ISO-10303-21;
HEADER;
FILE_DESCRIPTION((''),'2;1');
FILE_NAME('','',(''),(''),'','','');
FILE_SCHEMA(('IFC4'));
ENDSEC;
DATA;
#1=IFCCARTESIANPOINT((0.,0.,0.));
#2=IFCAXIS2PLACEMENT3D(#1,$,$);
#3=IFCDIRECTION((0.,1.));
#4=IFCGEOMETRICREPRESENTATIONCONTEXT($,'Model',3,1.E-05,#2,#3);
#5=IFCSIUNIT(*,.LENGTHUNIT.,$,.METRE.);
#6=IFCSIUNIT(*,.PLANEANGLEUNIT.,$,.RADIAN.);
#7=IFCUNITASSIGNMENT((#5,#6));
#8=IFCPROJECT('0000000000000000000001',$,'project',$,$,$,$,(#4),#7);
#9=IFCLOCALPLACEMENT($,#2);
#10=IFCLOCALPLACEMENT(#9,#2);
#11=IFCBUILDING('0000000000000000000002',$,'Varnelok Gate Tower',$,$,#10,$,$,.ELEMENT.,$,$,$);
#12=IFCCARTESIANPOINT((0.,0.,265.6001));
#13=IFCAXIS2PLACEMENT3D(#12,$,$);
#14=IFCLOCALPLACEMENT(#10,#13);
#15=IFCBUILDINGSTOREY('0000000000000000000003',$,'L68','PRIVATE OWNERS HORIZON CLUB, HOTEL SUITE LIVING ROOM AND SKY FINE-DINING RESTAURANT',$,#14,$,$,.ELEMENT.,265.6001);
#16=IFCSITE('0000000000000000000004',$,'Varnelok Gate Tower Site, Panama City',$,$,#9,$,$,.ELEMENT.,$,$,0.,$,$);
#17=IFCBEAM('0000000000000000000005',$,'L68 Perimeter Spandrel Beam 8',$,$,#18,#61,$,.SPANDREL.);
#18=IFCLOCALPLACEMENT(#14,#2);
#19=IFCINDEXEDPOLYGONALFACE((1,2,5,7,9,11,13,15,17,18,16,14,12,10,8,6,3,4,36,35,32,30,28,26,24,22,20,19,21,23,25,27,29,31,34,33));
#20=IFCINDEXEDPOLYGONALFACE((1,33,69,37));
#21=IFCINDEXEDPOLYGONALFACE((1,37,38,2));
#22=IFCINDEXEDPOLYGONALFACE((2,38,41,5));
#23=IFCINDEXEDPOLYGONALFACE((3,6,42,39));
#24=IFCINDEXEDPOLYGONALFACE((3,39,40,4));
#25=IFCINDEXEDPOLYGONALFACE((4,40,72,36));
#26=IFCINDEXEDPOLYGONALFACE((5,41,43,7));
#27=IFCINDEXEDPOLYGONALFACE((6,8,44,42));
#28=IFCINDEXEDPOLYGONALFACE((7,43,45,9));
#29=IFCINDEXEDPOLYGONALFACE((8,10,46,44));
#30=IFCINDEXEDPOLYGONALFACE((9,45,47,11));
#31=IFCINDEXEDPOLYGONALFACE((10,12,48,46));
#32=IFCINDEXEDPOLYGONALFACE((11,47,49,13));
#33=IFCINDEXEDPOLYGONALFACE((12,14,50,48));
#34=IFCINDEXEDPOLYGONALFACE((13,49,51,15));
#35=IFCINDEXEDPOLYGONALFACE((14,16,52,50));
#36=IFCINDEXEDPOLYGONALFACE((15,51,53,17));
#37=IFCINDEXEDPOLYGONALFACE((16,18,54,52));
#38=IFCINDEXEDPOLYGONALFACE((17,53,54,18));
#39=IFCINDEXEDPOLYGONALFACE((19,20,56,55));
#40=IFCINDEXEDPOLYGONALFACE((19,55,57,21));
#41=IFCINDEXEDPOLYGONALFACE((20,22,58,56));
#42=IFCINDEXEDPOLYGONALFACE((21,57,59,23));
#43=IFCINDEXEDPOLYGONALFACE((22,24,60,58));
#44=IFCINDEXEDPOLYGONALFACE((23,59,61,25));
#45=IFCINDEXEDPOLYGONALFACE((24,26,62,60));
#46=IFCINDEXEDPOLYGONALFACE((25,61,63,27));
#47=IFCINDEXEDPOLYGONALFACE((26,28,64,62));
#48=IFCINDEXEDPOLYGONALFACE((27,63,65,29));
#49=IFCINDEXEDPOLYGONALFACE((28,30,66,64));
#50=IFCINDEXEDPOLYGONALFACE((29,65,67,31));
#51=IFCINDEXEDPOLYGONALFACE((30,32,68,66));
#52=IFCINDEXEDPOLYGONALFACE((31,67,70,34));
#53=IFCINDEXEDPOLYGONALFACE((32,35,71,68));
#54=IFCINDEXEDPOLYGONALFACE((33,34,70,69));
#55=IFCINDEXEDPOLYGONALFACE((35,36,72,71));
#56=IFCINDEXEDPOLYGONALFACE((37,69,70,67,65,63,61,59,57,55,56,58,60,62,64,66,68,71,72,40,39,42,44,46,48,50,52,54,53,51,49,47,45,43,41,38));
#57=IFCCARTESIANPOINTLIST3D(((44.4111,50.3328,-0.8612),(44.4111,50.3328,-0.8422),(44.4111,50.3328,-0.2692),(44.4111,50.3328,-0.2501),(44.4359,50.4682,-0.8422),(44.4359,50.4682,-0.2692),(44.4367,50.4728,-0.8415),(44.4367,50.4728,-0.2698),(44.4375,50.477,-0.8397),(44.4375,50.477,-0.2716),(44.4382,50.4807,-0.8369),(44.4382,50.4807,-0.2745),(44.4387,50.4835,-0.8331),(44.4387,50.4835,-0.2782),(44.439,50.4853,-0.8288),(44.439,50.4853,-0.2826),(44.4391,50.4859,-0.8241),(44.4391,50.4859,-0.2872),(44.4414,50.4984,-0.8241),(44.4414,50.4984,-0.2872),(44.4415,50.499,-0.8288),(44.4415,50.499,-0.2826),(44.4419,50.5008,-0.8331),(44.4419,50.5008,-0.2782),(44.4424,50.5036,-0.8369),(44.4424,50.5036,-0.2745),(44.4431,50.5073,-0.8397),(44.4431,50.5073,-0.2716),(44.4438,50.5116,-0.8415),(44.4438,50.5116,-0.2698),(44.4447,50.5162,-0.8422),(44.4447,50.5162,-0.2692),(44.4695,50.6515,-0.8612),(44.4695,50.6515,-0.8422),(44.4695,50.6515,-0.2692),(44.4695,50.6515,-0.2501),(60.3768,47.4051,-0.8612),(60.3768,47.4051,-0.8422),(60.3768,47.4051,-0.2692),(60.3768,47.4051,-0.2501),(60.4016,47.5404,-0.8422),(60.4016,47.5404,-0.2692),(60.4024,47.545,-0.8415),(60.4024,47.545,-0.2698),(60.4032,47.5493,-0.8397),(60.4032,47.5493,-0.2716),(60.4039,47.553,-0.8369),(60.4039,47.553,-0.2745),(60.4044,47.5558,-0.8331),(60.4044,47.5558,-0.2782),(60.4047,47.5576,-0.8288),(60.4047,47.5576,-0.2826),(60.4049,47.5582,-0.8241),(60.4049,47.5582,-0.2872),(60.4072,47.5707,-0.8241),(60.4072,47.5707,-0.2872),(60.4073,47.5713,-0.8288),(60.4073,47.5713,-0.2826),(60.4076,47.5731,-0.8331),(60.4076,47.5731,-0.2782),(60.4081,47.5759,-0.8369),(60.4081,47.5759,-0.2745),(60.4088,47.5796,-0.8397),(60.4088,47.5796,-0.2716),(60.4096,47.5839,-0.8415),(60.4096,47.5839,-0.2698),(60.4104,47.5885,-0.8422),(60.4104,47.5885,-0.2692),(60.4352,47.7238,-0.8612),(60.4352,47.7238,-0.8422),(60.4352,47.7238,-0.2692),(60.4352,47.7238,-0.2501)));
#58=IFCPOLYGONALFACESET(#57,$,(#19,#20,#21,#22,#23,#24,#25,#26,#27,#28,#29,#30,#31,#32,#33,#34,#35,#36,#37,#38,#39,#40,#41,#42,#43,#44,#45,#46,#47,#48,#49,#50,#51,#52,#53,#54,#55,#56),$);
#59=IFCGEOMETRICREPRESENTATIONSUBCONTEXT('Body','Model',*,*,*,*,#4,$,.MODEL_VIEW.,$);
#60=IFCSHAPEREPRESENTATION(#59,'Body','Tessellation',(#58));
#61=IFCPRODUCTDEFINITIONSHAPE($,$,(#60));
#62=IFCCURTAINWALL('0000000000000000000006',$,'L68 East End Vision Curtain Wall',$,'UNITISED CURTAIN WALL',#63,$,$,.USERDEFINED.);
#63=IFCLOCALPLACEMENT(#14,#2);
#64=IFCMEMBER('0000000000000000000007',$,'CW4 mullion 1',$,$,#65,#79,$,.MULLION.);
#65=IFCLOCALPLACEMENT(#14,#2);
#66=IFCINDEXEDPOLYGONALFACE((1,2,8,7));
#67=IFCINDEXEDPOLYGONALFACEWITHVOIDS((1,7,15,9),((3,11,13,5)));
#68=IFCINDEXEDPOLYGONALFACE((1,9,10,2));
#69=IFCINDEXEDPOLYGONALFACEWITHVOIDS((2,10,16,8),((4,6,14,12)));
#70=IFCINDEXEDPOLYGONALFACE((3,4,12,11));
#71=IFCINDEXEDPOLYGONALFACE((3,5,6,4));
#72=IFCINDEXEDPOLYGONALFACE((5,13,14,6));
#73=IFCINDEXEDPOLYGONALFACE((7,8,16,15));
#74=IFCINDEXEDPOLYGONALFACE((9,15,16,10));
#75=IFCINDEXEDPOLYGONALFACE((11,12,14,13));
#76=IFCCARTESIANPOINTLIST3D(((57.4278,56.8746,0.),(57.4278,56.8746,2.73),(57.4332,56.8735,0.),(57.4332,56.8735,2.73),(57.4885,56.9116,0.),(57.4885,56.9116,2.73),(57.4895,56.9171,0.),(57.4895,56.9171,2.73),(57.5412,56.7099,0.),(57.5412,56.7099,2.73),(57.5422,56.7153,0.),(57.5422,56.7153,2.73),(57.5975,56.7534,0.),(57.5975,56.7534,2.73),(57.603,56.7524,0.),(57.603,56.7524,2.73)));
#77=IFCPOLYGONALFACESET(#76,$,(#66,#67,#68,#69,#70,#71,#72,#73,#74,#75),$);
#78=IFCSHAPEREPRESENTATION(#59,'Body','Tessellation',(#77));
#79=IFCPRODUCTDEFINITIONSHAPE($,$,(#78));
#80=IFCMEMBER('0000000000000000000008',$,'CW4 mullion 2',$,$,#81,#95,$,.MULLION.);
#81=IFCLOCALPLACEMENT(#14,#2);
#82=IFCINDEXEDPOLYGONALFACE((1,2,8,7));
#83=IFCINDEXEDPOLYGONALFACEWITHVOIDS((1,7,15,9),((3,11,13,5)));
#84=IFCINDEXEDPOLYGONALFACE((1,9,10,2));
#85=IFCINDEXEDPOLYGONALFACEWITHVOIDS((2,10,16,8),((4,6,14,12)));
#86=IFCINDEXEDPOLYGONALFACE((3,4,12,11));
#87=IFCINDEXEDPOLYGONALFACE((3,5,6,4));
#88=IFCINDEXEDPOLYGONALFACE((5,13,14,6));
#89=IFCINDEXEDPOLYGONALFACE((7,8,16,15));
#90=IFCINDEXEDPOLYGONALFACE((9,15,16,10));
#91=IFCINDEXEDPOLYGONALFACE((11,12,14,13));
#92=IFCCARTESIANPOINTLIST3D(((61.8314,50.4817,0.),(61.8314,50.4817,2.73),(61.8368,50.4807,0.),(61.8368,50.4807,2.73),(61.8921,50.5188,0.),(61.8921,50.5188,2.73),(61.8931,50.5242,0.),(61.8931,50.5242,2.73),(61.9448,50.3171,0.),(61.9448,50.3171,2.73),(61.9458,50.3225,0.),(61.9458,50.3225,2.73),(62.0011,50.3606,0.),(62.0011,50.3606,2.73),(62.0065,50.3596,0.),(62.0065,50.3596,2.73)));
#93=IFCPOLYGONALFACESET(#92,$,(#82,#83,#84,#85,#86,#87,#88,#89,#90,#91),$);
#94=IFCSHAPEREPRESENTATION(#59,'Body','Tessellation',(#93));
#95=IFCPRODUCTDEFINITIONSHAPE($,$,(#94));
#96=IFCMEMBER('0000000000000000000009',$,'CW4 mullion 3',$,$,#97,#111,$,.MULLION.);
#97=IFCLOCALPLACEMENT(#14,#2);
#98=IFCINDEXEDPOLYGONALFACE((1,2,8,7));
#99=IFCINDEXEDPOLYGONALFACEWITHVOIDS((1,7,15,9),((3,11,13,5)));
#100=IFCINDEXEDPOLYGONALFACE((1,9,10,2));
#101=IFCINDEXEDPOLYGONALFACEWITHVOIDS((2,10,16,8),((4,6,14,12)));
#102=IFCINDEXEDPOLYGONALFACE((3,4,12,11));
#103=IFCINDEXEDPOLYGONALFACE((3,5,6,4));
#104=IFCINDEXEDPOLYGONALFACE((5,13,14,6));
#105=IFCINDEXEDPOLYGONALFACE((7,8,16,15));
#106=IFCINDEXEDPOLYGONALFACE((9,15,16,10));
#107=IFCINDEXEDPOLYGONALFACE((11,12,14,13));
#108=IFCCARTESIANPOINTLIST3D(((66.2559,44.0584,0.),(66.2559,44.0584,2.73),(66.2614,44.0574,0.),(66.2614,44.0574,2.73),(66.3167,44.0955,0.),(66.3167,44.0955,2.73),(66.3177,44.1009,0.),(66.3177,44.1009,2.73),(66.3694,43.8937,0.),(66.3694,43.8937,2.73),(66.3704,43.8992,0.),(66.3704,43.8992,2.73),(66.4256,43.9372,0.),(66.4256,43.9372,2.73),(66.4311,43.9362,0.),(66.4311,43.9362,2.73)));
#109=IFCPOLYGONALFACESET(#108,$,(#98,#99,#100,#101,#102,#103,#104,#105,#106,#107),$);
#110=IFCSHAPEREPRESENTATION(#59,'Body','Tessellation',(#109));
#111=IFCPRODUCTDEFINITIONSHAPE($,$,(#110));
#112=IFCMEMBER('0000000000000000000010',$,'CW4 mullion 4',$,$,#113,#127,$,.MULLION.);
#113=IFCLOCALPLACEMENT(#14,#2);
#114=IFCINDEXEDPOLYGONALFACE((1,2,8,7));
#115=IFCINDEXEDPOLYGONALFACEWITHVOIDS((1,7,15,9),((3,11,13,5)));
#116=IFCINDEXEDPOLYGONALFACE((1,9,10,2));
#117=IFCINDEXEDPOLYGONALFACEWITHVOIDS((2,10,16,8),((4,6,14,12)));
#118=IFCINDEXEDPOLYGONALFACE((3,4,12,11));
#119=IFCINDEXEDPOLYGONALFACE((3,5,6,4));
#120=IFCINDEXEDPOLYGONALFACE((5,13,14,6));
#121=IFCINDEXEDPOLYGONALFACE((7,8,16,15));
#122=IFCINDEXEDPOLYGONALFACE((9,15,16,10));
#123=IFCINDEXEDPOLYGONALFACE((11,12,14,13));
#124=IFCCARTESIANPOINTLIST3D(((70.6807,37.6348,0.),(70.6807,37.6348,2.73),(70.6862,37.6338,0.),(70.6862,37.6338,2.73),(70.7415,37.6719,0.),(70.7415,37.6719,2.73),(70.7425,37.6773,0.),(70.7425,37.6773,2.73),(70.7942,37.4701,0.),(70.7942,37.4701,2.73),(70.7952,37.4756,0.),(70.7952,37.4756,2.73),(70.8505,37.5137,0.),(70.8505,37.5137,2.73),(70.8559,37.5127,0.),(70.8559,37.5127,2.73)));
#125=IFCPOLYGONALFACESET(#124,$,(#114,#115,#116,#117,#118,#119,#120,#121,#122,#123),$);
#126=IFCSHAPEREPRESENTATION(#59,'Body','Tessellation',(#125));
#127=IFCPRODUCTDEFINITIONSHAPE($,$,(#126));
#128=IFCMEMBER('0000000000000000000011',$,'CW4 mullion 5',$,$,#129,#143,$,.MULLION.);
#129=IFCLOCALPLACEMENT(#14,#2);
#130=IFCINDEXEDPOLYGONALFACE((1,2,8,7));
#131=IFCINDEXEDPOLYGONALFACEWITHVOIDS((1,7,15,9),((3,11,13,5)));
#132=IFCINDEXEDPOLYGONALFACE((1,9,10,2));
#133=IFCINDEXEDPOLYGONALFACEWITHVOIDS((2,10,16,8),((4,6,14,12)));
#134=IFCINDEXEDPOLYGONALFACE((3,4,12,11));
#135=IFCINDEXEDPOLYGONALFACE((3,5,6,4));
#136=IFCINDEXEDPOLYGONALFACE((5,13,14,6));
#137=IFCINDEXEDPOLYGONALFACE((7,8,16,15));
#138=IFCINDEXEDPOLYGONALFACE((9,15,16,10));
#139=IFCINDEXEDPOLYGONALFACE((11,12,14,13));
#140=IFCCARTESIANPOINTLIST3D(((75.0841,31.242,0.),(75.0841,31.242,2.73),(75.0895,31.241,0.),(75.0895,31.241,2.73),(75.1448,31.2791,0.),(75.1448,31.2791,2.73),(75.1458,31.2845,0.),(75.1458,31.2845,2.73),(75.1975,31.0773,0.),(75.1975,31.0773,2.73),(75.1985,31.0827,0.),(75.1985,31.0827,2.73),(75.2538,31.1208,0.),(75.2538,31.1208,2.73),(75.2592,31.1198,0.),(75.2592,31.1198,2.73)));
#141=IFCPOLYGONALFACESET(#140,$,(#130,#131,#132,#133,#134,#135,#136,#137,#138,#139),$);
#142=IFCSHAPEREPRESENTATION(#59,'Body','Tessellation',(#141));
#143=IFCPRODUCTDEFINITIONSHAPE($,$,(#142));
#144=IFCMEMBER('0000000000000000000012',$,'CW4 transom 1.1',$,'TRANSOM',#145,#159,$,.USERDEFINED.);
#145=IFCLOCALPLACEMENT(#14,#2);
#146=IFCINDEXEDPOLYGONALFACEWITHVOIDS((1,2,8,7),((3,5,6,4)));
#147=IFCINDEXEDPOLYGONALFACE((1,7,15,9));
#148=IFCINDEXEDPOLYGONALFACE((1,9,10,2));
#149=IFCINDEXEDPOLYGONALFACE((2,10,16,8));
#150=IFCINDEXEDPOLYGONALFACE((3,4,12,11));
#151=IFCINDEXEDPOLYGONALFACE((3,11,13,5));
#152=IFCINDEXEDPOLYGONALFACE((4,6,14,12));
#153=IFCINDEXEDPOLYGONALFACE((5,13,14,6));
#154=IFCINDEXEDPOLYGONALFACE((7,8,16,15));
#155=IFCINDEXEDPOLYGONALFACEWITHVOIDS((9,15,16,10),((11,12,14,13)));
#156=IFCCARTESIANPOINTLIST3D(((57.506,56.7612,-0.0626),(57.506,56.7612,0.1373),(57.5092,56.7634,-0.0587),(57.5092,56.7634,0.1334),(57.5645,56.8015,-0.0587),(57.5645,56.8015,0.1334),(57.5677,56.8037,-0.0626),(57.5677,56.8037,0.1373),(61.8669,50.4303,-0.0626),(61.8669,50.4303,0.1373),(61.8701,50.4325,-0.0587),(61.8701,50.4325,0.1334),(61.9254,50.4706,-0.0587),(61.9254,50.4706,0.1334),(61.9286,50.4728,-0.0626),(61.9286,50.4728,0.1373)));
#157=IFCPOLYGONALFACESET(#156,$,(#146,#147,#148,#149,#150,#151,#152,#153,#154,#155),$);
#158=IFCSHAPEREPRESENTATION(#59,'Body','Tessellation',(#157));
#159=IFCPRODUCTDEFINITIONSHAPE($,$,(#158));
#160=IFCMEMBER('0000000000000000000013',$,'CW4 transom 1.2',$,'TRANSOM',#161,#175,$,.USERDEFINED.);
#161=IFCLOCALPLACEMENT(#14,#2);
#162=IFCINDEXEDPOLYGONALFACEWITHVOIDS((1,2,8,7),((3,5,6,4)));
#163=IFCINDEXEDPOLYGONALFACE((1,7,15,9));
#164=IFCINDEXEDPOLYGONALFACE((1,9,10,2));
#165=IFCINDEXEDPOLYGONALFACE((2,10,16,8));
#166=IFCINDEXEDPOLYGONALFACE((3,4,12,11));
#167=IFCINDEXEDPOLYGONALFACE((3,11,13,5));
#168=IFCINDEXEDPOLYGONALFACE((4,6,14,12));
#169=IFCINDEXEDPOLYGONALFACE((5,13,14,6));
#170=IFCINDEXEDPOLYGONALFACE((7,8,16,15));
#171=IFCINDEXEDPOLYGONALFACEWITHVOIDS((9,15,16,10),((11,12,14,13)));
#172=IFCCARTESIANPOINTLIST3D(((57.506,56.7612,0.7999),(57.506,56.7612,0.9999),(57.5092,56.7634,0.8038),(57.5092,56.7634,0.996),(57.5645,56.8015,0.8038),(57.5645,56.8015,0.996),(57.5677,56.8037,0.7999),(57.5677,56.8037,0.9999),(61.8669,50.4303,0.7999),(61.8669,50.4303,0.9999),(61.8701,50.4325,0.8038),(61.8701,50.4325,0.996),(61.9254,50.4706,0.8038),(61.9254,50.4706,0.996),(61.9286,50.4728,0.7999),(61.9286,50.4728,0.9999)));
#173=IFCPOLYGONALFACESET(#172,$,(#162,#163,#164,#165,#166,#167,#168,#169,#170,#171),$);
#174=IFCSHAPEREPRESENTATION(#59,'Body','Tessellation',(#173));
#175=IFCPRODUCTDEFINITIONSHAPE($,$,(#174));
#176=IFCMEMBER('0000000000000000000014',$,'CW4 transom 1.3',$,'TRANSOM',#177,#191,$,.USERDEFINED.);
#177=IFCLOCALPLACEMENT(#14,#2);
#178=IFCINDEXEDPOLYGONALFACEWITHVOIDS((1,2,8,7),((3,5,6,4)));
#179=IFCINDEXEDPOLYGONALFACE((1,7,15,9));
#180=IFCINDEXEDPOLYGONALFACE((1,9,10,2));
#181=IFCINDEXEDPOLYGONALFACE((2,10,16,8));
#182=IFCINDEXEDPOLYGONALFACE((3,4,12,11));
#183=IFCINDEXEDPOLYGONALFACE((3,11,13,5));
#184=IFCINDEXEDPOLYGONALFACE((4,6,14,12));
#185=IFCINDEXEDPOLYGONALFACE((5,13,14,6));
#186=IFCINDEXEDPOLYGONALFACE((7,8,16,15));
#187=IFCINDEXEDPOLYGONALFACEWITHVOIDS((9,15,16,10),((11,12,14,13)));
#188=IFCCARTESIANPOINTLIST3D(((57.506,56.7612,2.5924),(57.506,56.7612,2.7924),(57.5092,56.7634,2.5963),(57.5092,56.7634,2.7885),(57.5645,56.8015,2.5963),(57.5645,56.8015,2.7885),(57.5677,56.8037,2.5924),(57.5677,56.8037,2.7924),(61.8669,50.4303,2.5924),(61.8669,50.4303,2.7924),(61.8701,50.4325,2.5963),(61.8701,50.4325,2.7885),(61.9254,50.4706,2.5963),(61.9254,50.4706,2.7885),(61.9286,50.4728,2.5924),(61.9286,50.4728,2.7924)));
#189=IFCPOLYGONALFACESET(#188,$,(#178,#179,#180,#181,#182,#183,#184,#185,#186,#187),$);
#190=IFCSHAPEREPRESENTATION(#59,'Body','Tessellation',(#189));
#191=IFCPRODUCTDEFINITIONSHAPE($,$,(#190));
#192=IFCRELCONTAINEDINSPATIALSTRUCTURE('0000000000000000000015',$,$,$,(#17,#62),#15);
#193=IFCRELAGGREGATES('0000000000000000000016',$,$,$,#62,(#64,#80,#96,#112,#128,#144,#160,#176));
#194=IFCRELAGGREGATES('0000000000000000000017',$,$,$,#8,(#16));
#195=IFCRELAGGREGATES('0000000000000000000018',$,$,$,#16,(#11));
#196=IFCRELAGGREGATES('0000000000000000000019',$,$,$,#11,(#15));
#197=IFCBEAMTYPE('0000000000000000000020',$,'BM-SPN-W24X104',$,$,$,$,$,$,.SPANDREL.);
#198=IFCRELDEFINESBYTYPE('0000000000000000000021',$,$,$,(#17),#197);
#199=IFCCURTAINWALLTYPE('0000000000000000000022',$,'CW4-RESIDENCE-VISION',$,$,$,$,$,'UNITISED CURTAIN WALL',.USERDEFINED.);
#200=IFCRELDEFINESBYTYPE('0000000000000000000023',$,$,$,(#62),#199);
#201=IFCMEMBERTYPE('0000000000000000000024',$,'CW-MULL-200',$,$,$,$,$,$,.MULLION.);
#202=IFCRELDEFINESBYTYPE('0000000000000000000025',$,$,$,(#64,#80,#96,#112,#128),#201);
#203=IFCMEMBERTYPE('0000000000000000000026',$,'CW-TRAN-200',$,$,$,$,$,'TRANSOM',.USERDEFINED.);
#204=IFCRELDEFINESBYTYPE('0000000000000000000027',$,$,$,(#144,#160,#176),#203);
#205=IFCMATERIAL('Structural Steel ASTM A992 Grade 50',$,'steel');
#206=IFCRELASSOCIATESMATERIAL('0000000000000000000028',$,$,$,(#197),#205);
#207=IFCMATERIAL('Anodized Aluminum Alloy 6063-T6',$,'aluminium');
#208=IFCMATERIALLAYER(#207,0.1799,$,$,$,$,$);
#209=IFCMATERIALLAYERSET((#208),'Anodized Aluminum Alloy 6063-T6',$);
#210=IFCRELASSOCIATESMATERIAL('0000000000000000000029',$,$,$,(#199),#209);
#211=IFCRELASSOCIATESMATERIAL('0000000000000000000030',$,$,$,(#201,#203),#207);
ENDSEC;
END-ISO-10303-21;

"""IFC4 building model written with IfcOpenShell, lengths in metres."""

from ifc_helpers import new_model, si_unit, direction, frame, origin, origin_2d, place, context, subcontext, project, spatial, hollow_rectangle, i_section, extrude, material, layer, layer_set, material_profile, profile_set, type_object, element, aggregate, save


model = new_model("IFC4")

# Units and contexts
model_context = context("Model", 3, precision=1e-05, world=origin(), true_north=direction((0.0, 1.0)))
body_context = subcontext(model_context, "Body", "Model", "MODEL_VIEW")
ifc_project = project(units=[si_unit("LENGTHUNIT", "METRE"), si_unit("PLANEANGLEUNIT", "RADIAN")], contexts=[model_context])

# Site, building, storey
site_placement = place(None, origin())
site = spatial("IfcSite", under=ifc_project, at=site_placement, Name="Varnelok Gate Tower Site, Panama City", CompositionType="ELEMENT", RefElevation=0.0)
building_placement = place(site_placement, origin())
building = spatial("IfcBuilding", under=site, at=building_placement, Name="Varnelok Gate Tower", CompositionType="ELEMENT")
storey_placement = place(building_placement, frame((0.0, 0.0, 265.6001)))
storey = spatial("IfcBuildingStorey", under=building, at=storey_placement, Name="L68", Description="PRIVATE OWNERS HORIZON CLUB, HOTEL SUITE LIVING ROOM AND SKY FINE-DINING RESTAURANT", CompositionType="ELEMENT", Elevation=265.6001)

# Shared definitions
ifc_material_1 = material(Name="Structural Steel ASTM A992 Grade 50", Category="steel")

# Beam
ifc_material_profile_1 = material_profile(ifc_material_1, i_section(OverallWidth=0.324, OverallDepth=0.6111, WebThickness=0.0127, FlangeThickness=0.019, FilletRadius=0.0181, at=origin_2d()), Name="W24X104")
ifc_profile_set_1 = profile_set([ifc_material_profile_1], Name="Structural Steel ASTM A992 Grade 50")
beam_type_1 = type_object("IfcBeamType", Name="BM-SPN-W24X104", PredefinedType="SPANDREL", material=ifc_profile_set_1)
beam_1_placement = place(storey_placement, frame((60.406, 47.5645, -0.5557), z_axis=(-0.983599, 0.180368, 0.0), x_axis=(-0.180368, -0.983599, 0.0)))
element("IfcBeam", 1, at=beam_1_placement, inside=storey, type_object=beam_type_1, Name="L68 Perimeter Spandrel Beam 8", PredefinedType="SPANDREL", context=body_context, shape_type="SweptSolid", body=[
    extrude(i_section(OverallWidth=0.324, OverallDepth=0.6111, WebThickness=0.0127, FlangeThickness=0.019, FilletRadius=0.0181, at=origin_2d()), origin(), (0.0, 0.0, 1.0), 16.2319),
])

# Curtain wall, members
ifc_material_2 = material(Name="Anodized Aluminum Alloy 6063-T6", Category="aluminium")
ifc_layer_1 = layer(ifc_material_2, 0.1799)
ifc_layer_set_1 = layer_set([ifc_layer_1], Name="Anodized Aluminum Alloy 6063-T6")
curtain_wall_type = type_object("IfcCurtainWallType", Name="CW4-RESIDENCE-VISION", ElementType="UNITISED CURTAIN WALL", PredefinedType="USERDEFINED", material=ifc_layer_set_1)
curtain_wall_placement = place(storey_placement, origin())
curtain_wall = element("IfcCurtainWall", 2, at=curtain_wall_placement, inside=storey, type_object=curtain_wall_type, Name="L68 East End Vision Curtain Wall", ObjectType="UNITISED CURTAIN WALL", PredefinedType="USERDEFINED")
ifc_material_profile_2 = material_profile(ifc_material_2, hollow_rectangle(XDim=0.075, YDim=0.2, WallThickness=0.0039, at=origin_2d()), Name="ALU200X75X4")
ifc_profile_set_2 = profile_set([ifc_material_profile_2], Name="Anodized Aluminum Alloy 6063-T6")
member_type_1 = type_object("IfcMemberType", Name="CW-MULL-200", PredefinedType="MULLION", material=ifc_profile_set_2)
member_1_placement = place(storey_placement, frame((57.5154, 56.8135, 0.0), z_axis=(0.0, 0.0, 1.0), x_axis=(0.823532, 0.567269, 0.0)))
member_1 = element("IfcMember", 3, at=member_1_placement, type_object=member_type_1, Name="CW4 mullion 1", PredefinedType="MULLION", context=body_context, shape_type="SweptSolid", body=[
    extrude(hollow_rectangle(XDim=0.075, YDim=0.2, WallThickness=0.0039, at=origin_2d()), origin(), (0.0, 0.0, 1.0), 2.73),
])
member_2_placement = place(storey_placement, frame((61.9189, 50.4207, 0.0), z_axis=(0.0, 0.0, 1.0), x_axis=(0.823532, 0.567269, 0.0)))
member_2 = element("IfcMember", 4, at=member_2_placement, type_object=member_type_1, Name="CW4 mullion 2", PredefinedType="MULLION", context=body_context, shape_type="SweptSolid", body=[
    extrude(hollow_rectangle(XDim=0.075, YDim=0.2, WallThickness=0.0039, at=origin_2d()), origin(), (0.0, 0.0, 1.0), 2.73),
])
member_3_placement = place(storey_placement, frame((66.3435, 43.9973, 0.0), z_axis=(0.0, 0.0, 1.0), x_axis=(0.823532, 0.567269, 0.0)))
member_3 = element("IfcMember", 5, at=member_3_placement, type_object=member_type_1, Name="CW4 mullion 3", PredefinedType="MULLION", context=body_context, shape_type="SweptSolid", body=[
    extrude(hollow_rectangle(XDim=0.075, YDim=0.2, WallThickness=0.0039, at=origin_2d()), origin(), (0.0, 0.0, 1.0), 2.73),
])
member_4_placement = place(storey_placement, frame((70.7683, 37.5737, 0.0), z_axis=(0.0, 0.0, 1.0), x_axis=(0.823532, 0.567269, 0.0)))
member_4 = element("IfcMember", 6, at=member_4_placement, type_object=member_type_1, Name="CW4 mullion 4", PredefinedType="MULLION", context=body_context, shape_type="SweptSolid", body=[
    extrude(hollow_rectangle(XDim=0.075, YDim=0.2, WallThickness=0.0039, at=origin_2d()), origin(), (0.0, 0.0, 1.0), 2.73),
])
member_5_placement = place(storey_placement, frame((75.1716, 31.1809, 0.0), z_axis=(0.0, 0.0, 1.0), x_axis=(0.823532, 0.567269, 0.0)))
member_5 = element("IfcMember", 7, at=member_5_placement, type_object=member_type_1, Name="CW4 mullion 5", PredefinedType="MULLION", context=body_context, shape_type="SweptSolid", body=[
    extrude(hollow_rectangle(XDim=0.075, YDim=0.2, WallThickness=0.0039, at=origin_2d()), origin(), (0.0, 0.0, 1.0), 2.73),
])
ifc_material_profile_3 = material_profile(ifc_material_2, hollow_rectangle(XDim=0.075, YDim=0.2, WallThickness=0.0039, at=origin_2d()), Name="ALU200X75X4")
ifc_profile_set_3 = profile_set([ifc_material_profile_3], Name="Anodized Aluminum Alloy 6063-T6")
member_type_2 = type_object("IfcMemberType", Name="CW-TRAN-200", ElementType="TRANSOM", PredefinedType="USERDEFINED", material=ifc_profile_set_3)
member_6_placement = place(storey_placement, frame((57.5369, 56.7825, 0.0374), z_axis=(0.567271, -0.823531, 0.0), x_axis=(0.823531, 0.567271, 0.0)))
member_6 = element("IfcMember", 8, at=member_6_placement, type_object=member_type_2, Name="CW4 transom 1.1", ObjectType="TRANSOM", PredefinedType="USERDEFINED", context=body_context, shape_type="SweptSolid", body=[
    extrude(hollow_rectangle(XDim=0.075, YDim=0.2, WallThickness=0.0039, at=origin_2d()), origin(), (0.0, 0.0, 1.0), 7.6875),
])
member_7_placement = place(storey_placement, frame((57.5369, 56.7825, 0.8999), z_axis=(0.567271, -0.823531, 0.0), x_axis=(0.823531, 0.567271, 0.0)))
member_7 = element("IfcMember", 9, at=member_7_placement, type_object=member_type_2, Name="CW4 transom 1.2", ObjectType="TRANSOM", PredefinedType="USERDEFINED", context=body_context, shape_type="SweptSolid", body=[
    extrude(hollow_rectangle(XDim=0.075, YDim=0.2, WallThickness=0.0039, at=origin_2d()), origin(), (0.0, 0.0, 1.0), 7.6875),
])
member_8_placement = place(storey_placement, frame((57.5369, 56.7825, 2.6924), z_axis=(0.567271, -0.823531, 0.0), x_axis=(0.823531, 0.567271, 0.0)))
member_8 = element("IfcMember", 10, at=member_8_placement, type_object=member_type_2, Name="CW4 transom 1.3", ObjectType="TRANSOM", PredefinedType="USERDEFINED", context=body_context, shape_type="SweptSolid", body=[
    extrude(hollow_rectangle(XDim=0.075, YDim=0.2, WallThickness=0.0039, at=origin_2d()), origin(), (0.0, 0.0, 1.0), 7.6875),
])
aggregate(curtain_wall, [member_1, member_2, member_3, member_4, member_5, member_6, member_7, member_8])

save(model, "model.ifc")
